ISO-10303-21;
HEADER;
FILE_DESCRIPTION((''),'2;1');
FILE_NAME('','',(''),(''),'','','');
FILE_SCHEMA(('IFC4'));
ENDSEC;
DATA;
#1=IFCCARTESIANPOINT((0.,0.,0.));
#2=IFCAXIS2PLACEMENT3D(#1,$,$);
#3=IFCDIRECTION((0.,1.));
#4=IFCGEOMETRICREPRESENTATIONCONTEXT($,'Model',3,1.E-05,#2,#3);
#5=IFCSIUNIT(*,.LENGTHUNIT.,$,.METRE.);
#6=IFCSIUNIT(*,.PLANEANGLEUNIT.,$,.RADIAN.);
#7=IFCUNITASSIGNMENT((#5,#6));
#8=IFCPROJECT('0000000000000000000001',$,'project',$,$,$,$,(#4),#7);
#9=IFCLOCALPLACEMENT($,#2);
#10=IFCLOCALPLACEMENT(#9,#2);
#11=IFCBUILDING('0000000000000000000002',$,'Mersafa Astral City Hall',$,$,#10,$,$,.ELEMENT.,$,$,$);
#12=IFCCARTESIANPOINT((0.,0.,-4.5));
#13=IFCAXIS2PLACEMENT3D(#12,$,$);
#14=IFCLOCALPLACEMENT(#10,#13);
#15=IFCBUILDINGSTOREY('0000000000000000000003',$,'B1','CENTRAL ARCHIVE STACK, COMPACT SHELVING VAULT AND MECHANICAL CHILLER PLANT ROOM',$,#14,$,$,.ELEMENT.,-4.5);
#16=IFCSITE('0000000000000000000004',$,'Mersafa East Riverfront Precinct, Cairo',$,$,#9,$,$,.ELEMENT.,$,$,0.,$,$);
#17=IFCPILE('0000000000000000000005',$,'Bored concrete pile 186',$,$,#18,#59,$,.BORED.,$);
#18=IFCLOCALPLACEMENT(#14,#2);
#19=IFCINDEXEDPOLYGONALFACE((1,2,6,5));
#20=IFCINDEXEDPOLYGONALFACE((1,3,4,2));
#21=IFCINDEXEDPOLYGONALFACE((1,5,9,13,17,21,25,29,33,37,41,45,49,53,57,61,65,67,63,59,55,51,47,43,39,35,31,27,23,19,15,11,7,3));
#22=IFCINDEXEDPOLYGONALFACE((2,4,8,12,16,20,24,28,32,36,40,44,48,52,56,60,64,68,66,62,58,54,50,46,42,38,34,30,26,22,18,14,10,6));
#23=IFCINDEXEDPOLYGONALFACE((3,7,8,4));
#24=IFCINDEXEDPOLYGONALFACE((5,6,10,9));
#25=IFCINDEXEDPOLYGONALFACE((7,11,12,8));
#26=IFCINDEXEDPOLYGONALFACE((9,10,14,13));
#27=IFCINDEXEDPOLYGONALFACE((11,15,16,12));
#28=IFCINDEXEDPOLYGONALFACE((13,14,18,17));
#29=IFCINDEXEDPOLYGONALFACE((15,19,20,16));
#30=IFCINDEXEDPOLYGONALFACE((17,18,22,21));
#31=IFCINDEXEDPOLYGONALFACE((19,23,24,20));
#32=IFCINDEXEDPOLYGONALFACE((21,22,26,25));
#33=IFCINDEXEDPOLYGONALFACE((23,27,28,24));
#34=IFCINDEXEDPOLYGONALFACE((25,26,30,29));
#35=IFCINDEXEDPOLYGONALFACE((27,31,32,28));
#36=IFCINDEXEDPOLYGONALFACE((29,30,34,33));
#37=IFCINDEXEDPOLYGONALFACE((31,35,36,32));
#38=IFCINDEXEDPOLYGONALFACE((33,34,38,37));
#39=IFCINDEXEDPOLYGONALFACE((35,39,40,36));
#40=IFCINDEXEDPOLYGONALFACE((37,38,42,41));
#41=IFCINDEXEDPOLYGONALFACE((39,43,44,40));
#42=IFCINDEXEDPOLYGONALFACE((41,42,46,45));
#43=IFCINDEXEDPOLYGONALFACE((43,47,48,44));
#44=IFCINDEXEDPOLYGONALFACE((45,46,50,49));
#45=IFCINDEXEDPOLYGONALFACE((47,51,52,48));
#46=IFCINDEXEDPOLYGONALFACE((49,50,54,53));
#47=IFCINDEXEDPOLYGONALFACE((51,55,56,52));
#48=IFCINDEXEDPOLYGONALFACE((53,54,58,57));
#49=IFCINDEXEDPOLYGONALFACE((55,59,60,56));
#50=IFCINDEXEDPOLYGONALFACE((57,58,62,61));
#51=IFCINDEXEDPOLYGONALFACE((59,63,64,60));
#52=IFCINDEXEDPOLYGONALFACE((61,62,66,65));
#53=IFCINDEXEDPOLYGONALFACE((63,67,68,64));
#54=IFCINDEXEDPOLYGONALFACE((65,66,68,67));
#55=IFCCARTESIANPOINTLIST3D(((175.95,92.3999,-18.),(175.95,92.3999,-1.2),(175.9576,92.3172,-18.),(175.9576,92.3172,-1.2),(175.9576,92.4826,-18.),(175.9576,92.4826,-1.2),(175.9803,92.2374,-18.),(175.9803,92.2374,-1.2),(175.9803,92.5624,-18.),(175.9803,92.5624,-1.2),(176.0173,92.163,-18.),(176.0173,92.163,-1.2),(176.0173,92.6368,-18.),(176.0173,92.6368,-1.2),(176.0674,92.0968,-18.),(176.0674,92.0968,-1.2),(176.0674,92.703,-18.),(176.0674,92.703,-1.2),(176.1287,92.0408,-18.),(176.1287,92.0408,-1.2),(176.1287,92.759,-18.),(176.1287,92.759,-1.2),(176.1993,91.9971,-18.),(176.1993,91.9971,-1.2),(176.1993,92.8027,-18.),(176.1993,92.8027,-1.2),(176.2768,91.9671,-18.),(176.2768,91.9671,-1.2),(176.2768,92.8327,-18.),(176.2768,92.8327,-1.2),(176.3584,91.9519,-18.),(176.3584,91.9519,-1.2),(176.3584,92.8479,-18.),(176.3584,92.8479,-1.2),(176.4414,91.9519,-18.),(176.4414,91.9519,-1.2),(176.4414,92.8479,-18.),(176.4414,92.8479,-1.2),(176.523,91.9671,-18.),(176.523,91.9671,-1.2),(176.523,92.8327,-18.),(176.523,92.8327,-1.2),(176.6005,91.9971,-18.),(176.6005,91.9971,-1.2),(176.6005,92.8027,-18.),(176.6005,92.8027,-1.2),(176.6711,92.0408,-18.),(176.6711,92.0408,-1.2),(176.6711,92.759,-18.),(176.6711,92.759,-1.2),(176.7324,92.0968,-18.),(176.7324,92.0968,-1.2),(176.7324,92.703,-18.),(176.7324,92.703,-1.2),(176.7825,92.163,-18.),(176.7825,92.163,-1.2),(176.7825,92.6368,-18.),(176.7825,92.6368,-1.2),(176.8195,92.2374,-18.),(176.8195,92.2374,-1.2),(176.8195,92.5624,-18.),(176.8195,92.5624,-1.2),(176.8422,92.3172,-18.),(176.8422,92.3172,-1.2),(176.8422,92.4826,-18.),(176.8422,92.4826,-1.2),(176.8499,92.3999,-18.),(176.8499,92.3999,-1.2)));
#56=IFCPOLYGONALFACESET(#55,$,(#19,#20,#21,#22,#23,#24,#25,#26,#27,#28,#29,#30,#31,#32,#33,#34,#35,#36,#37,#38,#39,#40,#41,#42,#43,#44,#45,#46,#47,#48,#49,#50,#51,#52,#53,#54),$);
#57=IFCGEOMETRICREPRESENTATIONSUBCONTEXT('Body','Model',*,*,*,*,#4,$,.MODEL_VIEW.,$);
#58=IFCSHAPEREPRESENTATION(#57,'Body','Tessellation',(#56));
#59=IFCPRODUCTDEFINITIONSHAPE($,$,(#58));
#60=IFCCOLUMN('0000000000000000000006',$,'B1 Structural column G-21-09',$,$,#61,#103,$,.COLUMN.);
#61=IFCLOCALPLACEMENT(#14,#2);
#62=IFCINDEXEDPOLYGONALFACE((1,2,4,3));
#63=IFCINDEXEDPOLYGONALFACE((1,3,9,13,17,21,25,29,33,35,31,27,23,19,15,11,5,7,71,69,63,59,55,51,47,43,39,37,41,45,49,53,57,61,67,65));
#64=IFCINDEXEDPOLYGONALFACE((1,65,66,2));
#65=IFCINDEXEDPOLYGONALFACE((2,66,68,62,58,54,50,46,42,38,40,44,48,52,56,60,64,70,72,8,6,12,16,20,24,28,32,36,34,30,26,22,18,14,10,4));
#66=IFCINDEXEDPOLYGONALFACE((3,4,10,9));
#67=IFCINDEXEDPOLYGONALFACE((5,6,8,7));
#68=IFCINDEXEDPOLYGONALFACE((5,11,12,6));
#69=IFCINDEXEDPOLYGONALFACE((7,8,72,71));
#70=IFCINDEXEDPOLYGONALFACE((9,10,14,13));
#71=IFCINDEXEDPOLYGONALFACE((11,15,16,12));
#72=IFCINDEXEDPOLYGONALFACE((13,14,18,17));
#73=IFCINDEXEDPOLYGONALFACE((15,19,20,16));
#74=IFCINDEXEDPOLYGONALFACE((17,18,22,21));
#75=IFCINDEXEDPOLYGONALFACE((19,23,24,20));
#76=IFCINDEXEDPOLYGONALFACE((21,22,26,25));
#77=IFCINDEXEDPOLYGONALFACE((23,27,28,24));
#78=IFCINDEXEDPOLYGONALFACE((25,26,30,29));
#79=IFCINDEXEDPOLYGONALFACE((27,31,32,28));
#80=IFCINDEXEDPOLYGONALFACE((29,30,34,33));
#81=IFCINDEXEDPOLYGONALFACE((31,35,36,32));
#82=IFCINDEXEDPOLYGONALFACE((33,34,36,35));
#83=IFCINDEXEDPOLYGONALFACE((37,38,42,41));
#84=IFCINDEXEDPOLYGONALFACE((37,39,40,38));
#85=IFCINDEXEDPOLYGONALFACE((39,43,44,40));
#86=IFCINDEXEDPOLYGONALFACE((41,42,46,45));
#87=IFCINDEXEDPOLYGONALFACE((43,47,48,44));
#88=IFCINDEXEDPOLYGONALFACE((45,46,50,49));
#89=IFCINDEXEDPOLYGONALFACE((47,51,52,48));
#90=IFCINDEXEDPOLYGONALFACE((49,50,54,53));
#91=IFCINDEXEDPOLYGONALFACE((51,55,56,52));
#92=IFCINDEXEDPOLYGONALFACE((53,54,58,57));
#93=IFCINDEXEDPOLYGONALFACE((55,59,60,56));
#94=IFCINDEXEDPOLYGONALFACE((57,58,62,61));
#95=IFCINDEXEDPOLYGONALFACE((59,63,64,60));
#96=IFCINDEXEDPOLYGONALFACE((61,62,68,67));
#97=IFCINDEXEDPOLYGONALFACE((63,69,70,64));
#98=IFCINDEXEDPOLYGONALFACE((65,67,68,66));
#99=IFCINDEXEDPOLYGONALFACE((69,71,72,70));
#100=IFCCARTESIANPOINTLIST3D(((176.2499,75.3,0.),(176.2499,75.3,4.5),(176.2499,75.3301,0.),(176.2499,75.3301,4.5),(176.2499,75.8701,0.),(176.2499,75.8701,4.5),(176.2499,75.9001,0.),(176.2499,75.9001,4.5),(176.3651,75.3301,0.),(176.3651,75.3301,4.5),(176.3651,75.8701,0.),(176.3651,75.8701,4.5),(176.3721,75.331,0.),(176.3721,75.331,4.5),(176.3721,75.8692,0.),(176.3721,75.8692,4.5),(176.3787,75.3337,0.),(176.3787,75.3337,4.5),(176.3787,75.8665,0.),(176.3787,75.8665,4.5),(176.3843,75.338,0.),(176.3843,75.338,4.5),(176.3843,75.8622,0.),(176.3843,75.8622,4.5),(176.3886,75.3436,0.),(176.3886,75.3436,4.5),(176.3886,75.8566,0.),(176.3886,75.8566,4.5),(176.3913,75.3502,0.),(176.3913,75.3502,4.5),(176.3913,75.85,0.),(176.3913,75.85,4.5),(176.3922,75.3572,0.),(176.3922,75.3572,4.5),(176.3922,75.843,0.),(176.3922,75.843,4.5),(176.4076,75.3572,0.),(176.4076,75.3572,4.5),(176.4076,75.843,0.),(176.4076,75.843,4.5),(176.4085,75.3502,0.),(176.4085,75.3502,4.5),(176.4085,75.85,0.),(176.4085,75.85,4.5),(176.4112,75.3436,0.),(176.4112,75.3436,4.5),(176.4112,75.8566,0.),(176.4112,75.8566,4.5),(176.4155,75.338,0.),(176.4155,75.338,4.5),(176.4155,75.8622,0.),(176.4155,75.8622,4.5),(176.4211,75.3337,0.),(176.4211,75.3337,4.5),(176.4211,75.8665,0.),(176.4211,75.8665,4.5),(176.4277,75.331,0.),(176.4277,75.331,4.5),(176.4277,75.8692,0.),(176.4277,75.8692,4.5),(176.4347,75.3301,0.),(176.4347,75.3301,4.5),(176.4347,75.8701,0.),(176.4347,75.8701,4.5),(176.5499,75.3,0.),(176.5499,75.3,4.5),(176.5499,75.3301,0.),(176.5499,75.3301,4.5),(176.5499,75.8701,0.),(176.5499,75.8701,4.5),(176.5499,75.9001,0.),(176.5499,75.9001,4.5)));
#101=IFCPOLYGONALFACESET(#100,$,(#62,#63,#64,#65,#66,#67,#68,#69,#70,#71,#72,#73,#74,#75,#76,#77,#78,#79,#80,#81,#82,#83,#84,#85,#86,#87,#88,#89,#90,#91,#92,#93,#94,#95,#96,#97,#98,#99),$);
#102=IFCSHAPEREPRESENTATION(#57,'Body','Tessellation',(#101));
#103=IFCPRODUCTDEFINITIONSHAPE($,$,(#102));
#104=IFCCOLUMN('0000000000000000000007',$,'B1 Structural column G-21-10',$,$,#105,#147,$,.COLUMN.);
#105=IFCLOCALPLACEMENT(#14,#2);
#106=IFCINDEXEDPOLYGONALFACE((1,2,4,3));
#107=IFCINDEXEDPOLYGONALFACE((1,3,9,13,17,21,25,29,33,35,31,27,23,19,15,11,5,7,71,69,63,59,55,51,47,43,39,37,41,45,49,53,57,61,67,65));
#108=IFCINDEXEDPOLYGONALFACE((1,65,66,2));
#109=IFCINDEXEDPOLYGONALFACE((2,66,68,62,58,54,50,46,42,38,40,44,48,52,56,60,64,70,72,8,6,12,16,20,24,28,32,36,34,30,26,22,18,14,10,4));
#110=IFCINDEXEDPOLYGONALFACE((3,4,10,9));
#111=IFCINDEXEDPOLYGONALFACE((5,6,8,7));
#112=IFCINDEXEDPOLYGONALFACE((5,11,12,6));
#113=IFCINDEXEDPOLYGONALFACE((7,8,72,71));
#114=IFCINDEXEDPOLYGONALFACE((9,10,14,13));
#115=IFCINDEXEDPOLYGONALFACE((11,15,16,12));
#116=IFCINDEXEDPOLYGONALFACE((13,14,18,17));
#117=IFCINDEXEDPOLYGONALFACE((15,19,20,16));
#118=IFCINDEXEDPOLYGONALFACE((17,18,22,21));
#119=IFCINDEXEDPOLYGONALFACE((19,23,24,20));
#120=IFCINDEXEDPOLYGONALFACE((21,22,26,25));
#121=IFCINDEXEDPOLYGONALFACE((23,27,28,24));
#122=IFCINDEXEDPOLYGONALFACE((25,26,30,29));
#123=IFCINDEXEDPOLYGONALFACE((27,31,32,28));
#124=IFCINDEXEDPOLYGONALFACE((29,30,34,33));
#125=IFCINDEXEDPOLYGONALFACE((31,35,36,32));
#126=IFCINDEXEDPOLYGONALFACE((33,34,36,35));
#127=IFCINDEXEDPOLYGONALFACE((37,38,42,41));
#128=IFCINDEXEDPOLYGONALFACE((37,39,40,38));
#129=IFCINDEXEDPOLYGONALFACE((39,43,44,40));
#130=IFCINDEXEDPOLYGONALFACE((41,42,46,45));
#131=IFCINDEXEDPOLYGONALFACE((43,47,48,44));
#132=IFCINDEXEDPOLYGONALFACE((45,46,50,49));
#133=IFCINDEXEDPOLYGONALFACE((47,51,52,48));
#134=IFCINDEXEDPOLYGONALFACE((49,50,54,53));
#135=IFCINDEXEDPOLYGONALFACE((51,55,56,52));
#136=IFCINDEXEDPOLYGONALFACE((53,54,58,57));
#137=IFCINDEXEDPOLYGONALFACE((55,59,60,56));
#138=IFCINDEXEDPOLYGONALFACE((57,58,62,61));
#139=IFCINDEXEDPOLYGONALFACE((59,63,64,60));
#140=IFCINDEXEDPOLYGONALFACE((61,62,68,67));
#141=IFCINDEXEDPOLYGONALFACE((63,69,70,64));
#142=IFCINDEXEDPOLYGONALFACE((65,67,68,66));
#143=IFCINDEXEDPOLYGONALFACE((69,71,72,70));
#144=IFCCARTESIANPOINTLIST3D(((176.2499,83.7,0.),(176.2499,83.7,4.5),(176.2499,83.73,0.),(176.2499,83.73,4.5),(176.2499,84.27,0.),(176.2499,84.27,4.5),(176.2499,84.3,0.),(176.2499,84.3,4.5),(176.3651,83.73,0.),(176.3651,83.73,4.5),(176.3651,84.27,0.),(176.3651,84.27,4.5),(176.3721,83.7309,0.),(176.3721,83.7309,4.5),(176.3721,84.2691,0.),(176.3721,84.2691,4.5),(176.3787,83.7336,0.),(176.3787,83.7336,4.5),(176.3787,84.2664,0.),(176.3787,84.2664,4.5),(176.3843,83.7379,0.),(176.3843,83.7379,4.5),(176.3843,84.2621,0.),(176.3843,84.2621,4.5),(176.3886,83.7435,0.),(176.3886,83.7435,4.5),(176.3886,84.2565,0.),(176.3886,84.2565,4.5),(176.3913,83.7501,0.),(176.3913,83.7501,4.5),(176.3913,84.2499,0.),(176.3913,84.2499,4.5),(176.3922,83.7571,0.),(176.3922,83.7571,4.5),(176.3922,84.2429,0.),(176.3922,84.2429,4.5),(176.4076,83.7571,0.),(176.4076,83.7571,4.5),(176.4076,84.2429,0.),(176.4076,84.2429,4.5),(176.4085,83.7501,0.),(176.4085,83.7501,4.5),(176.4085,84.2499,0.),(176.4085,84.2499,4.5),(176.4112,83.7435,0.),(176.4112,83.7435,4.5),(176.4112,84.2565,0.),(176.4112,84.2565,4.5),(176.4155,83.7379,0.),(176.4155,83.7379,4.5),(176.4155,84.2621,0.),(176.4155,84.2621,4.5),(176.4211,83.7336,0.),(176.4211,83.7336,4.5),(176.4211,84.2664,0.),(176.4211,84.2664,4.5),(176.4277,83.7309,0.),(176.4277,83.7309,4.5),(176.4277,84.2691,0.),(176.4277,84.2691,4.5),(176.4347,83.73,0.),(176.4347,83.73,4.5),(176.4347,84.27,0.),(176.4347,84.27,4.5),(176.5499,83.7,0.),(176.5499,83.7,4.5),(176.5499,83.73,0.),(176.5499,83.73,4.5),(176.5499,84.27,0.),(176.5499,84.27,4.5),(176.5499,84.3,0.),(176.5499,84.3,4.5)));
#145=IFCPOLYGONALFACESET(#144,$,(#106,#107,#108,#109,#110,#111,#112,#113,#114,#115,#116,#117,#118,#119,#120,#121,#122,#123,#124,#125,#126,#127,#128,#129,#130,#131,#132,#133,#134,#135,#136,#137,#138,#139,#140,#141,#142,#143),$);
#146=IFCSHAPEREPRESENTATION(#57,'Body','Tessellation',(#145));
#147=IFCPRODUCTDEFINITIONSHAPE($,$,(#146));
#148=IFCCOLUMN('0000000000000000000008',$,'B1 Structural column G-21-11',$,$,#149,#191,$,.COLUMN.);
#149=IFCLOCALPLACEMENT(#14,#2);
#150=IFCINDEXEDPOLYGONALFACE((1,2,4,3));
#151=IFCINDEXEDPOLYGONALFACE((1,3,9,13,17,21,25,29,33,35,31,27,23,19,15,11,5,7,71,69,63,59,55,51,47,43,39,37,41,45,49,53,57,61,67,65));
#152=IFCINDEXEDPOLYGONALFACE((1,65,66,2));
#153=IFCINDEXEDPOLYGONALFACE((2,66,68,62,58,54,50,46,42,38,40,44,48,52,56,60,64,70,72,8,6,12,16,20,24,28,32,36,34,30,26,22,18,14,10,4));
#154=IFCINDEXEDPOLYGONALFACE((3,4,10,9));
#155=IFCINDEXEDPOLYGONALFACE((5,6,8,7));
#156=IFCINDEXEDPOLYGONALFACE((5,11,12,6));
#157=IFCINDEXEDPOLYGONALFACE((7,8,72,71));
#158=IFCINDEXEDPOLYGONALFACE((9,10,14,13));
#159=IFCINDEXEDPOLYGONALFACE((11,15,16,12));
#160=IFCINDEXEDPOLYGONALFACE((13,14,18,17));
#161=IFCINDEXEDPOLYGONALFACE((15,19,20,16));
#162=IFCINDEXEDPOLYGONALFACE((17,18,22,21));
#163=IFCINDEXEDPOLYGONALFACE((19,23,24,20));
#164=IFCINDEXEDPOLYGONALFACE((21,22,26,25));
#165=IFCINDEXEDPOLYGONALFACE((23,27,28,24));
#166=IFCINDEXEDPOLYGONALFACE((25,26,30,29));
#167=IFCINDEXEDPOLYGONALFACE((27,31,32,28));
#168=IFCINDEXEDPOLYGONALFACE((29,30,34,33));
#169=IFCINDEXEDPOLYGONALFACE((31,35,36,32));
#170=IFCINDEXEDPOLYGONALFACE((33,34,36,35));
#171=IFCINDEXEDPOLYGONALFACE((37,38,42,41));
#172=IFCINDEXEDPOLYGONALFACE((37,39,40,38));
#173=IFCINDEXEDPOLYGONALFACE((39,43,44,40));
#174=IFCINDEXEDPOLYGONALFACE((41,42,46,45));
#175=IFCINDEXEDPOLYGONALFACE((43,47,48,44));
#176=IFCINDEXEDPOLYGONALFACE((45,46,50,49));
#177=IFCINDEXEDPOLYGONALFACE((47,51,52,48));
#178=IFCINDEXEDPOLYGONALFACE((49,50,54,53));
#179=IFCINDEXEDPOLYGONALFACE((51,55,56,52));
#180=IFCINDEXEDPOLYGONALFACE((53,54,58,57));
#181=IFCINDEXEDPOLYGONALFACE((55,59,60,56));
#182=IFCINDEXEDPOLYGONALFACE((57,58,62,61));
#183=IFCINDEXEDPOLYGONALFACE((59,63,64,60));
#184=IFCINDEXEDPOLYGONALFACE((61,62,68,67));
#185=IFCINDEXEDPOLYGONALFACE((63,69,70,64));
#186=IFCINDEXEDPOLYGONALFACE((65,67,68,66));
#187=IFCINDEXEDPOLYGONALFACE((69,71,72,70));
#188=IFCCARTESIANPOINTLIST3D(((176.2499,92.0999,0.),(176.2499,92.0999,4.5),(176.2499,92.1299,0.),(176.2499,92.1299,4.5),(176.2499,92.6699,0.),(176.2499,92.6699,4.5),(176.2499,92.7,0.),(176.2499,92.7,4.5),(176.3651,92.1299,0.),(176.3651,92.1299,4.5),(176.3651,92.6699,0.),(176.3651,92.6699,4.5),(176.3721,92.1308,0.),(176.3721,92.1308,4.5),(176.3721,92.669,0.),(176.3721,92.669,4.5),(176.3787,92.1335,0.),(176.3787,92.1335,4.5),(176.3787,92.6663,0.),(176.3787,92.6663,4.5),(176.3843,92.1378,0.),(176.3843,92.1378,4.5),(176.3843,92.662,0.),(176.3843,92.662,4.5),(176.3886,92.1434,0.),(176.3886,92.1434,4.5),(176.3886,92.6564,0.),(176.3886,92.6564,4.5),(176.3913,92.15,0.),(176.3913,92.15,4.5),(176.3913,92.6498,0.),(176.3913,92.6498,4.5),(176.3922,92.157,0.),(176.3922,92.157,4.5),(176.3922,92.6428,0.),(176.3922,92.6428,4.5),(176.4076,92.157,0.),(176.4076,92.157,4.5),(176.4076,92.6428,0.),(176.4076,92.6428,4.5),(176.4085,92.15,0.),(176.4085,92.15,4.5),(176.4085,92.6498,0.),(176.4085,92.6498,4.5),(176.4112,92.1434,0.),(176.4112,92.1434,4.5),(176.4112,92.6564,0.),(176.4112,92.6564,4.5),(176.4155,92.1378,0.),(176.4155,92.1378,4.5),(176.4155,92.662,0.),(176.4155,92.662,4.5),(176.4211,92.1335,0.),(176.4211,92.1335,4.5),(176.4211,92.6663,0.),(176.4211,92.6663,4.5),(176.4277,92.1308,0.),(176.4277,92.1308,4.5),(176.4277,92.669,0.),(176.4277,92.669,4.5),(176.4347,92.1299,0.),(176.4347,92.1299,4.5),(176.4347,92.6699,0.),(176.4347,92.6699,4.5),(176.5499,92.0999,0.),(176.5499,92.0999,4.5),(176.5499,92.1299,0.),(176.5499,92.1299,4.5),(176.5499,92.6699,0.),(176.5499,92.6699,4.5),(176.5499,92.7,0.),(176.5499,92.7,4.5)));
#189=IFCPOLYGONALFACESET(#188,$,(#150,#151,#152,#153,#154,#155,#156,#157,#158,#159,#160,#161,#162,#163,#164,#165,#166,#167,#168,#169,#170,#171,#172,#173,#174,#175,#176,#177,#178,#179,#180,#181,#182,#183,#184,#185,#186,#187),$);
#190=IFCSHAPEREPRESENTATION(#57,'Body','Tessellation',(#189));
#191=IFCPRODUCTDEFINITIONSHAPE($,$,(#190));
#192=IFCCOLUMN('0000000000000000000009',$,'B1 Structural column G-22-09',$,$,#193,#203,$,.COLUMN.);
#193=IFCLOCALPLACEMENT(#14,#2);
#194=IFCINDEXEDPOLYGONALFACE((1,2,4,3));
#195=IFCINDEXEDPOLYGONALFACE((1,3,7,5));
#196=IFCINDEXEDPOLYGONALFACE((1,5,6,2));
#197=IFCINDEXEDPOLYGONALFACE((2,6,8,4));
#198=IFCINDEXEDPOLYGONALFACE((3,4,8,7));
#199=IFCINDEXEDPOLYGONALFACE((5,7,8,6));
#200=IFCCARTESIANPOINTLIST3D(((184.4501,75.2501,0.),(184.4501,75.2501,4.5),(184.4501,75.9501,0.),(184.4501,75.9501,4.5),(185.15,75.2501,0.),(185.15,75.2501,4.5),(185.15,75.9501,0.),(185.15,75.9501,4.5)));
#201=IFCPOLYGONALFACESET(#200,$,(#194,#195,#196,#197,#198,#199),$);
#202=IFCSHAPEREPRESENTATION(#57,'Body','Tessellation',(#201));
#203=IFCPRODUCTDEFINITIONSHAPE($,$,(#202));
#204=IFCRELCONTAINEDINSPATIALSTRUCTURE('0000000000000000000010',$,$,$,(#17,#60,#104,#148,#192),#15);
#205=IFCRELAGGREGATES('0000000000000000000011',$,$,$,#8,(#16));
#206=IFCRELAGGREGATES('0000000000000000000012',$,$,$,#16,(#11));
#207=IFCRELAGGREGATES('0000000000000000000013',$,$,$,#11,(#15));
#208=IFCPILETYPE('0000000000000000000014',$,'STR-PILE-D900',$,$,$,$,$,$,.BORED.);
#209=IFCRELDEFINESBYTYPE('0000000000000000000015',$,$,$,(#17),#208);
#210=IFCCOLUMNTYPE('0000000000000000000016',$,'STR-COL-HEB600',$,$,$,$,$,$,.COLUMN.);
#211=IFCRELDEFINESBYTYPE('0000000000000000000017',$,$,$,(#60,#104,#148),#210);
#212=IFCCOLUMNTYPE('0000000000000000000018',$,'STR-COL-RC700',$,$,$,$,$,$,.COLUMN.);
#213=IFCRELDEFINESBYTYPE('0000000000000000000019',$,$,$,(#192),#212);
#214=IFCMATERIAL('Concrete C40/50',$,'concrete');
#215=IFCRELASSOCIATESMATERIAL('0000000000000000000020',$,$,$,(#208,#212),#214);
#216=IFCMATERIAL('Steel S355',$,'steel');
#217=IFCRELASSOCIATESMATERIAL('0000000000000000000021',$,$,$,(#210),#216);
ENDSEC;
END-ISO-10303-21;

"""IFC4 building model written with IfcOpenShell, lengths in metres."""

from ifc_helpers import new_model, si_unit, direction, frame, origin, origin_2d, place, context, subcontext, project, spatial, rectangle, circle, i_section, extrude, material, material_profile, profile_set, type_object, element, save


model = new_model("IFC4")

# Units and contexts
model_context = context("Model", 3, precision=1e-05, world=origin(), true_north=direction((0.0, 1.0)))
body_context = subcontext(model_context, "Body", "Model", "MODEL_VIEW")
ifc_project = project(units=[si_unit("LENGTHUNIT", "METRE"), si_unit("PLANEANGLEUNIT", "RADIAN")], contexts=[model_context])

# Site, building, storey
site_placement = place(None, origin())
site = spatial("IfcSite", under=ifc_project, at=site_placement, Name="Mersafa East Riverfront Precinct, Cairo", CompositionType="ELEMENT", RefElevation=0.0)
building_placement = place(site_placement, origin())
building = spatial("IfcBuilding", under=site, at=building_placement, Name="Mersafa Astral City Hall", CompositionType="ELEMENT")
storey_placement = place(building_placement, frame((0.0, 0.0, -4.5)))
storey = spatial("IfcBuildingStorey", under=building, at=storey_placement, Name="B1", Description="CENTRAL ARCHIVE STACK, COMPACT SHELVING VAULT AND MECHANICAL CHILLER PLANT ROOM", CompositionType="ELEMENT", Elevation=-4.5)

# Shared definitions
ifc_material_1 = material(Name="Concrete C40/50", Category="concrete")

# Pile
ifc_material_profile_1 = material_profile(ifc_material_1, circle(Radius=0.45, at=origin_2d()), Name="PILE D900")
ifc_profile_set_1 = profile_set([ifc_material_profile_1], Name="Concrete C40/50")
pile_type_1 = type_object("IfcPileType", Name="STR-PILE-D900", PredefinedType="BORED", material=ifc_profile_set_1)
for number, where, z_axis, x_axis, name in (
    (1, (176.3999, 92.3999, -1.2), (0.0, 0.0, -1.0), (1.0, 0.0, 0.0), "Bored concrete pile 186"),
):
    element("IfcPile", number, at=place(storey_placement, frame(where, z_axis=z_axis, x_axis=x_axis)), inside=storey, type_object=pile_type_1, Name=name, PredefinedType="BORED", context=body_context, shape_type="SweptSolid", body=[
        extrude(circle(Radius=0.45, at=origin_2d()), origin(), (0.0, 0.0, 1.0), 16.8),
    ])

# Columns
ifc_material_2 = material(Name="Steel S355", Category="steel")
ifc_material_profile_2 = material_profile(ifc_material_2, i_section(OverallWidth=0.3, OverallDepth=0.6001, WebThickness=0.0154, FlangeThickness=0.03, FilletRadius=0.0271, at=origin_2d()), Name="HEB 600")
ifc_profile_set_2 = profile_set([ifc_material_profile_2], Name="Steel S355")
column_type_1 = type_object("IfcColumnType", Name="STR-COL-HEB600", PredefinedType="COLUMN", material=ifc_profile_set_2)
for number, where, z_axis, x_axis, name in (
    (2, (176.3999, 75.6001, 0.0), (0.0, 0.0, 1.0), (1.0, 0.0, 0.0), "B1 Structural column G-21-09"),
    (3, (176.3999, 84.0, 0.0), (0.0, 0.0, 1.0), (1.0, 0.0, 0.0), "B1 Structural column G-21-10"),
    (4, (176.3999, 92.3999, 0.0), (0.0, 0.0, 1.0), (1.0, 0.0, 0.0), "B1 Structural column G-21-11"),
):
    element("IfcColumn", number, at=place(storey_placement, frame(where, z_axis=z_axis, x_axis=x_axis)), inside=storey, type_object=column_type_1, Name=name, PredefinedType="COLUMN", context=body_context, shape_type="SweptSolid", body=[
        extrude(i_section(OverallWidth=0.3, OverallDepth=0.6001, WebThickness=0.0154, FlangeThickness=0.03, FilletRadius=0.0271, at=origin_2d()), origin(), (0.0, 0.0, 1.0), 4.5),
    ])
ifc_material_profile_3 = material_profile(ifc_material_1, rectangle(XDim=0.7, YDim=0.7, at=origin_2d()), Name="RC 700x700")
ifc_profile_set_3 = profile_set([ifc_material_profile_3], Name="Concrete C40/50")
column_type_2 = type_object("IfcColumnType", Name="STR-COL-RC700", PredefinedType="COLUMN", material=ifc_profile_set_3)
for number, where, z_axis, x_axis, name in (
    (5, (184.8, 75.6001, 0.0), (0.0, 0.0, 1.0), (1.0, 0.0, 0.0), "B1 Structural column G-22-09"),
):
    element("IfcColumn", number, at=place(storey_placement, frame(where, z_axis=z_axis, x_axis=x_axis)), inside=storey, type_object=column_type_2, Name=name, PredefinedType="COLUMN", context=body_context, shape_type="SweptSolid", body=[
        extrude(rectangle(XDim=0.7, YDim=0.7, at=origin_2d()), origin(), (0.0, 0.0, 1.0), 4.5),
    ])

save(model, "model.ifc")
